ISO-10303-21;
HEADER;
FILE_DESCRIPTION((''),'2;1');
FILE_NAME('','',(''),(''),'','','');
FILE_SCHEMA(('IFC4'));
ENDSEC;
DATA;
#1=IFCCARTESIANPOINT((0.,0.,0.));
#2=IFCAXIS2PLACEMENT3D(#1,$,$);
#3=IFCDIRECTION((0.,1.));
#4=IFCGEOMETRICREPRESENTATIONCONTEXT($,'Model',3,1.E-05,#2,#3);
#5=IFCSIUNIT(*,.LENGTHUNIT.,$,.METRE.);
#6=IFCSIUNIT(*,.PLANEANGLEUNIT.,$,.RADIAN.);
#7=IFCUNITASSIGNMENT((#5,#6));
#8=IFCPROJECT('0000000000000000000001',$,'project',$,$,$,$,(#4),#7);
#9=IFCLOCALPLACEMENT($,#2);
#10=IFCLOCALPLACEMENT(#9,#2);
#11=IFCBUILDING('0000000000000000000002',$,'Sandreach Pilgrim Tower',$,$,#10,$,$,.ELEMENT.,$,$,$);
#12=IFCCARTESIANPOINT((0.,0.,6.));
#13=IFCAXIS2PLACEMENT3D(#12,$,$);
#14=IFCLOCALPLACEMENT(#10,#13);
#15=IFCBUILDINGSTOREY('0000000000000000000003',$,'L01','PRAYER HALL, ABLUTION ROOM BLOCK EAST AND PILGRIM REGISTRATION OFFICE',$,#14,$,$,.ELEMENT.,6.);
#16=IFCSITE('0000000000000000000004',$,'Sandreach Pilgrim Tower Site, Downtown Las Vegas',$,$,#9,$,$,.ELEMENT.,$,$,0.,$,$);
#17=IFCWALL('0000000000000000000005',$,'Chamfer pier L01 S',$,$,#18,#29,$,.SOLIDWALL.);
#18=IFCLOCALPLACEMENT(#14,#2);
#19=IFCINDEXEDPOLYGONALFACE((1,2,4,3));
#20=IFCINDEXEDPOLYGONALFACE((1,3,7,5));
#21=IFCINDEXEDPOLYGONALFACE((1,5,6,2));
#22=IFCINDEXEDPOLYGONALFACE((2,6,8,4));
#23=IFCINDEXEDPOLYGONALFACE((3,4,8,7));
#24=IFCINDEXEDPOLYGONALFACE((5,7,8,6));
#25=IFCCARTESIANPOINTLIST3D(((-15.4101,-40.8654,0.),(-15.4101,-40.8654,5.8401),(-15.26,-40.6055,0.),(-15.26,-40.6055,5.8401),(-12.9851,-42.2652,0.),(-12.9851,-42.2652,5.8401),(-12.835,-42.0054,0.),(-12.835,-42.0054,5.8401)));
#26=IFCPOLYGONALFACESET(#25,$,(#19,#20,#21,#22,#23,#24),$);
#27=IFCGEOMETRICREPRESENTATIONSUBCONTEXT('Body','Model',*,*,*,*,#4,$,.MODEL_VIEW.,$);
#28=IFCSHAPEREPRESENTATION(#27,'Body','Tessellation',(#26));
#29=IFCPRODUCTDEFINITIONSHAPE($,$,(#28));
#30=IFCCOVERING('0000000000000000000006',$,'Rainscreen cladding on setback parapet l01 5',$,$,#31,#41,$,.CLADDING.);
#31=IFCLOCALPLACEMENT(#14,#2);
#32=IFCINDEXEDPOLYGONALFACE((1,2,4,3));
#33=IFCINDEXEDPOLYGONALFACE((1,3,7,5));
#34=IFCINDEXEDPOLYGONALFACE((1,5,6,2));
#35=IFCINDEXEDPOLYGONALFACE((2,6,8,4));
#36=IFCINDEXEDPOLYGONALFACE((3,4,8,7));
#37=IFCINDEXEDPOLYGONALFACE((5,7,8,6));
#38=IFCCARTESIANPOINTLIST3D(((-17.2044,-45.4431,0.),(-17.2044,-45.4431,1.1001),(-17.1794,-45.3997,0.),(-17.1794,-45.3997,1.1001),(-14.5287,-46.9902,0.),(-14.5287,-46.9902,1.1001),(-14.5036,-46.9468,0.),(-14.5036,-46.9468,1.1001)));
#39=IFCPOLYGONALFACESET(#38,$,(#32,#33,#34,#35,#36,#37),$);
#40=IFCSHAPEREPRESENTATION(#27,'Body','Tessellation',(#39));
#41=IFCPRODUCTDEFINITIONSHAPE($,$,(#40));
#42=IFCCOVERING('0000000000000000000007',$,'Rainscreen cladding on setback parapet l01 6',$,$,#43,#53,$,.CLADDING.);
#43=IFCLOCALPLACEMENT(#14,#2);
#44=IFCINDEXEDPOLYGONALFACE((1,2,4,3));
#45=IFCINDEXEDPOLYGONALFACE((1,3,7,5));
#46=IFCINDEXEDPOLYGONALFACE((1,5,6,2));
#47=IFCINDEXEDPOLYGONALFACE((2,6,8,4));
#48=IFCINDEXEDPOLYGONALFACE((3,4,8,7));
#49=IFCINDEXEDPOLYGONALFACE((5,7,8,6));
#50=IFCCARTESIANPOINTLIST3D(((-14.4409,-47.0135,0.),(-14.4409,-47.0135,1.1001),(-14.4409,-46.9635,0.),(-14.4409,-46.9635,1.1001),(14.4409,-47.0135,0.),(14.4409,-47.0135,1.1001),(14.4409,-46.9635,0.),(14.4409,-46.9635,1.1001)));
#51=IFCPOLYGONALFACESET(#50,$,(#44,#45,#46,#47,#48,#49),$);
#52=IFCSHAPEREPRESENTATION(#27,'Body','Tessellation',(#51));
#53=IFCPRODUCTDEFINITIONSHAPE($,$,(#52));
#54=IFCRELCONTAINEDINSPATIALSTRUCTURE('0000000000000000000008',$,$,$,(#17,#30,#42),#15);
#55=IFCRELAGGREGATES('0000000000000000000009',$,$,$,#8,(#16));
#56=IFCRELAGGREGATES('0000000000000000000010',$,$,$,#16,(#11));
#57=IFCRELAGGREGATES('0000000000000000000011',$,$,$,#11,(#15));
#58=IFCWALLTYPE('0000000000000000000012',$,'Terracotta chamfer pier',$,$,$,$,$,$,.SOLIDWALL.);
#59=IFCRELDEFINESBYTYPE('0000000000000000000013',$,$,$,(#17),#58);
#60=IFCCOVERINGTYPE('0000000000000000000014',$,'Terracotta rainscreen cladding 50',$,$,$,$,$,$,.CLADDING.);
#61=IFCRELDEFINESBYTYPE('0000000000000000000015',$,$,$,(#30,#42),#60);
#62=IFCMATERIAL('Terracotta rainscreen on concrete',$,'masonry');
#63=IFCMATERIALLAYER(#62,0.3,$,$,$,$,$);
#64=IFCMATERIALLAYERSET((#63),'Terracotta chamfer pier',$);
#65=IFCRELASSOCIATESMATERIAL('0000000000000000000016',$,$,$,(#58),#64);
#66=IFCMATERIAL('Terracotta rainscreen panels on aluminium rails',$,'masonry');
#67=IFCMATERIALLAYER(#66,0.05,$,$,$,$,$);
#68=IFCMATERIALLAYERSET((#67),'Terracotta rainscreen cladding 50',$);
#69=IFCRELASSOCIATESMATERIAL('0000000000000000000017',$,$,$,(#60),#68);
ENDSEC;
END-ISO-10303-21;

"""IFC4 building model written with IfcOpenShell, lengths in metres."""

from ifc_helpers import new_model, si_unit, direction, frame, frame_2d, origin, place, context, subcontext, project, spatial, rectangle, extrude, material, layer, layer_set, type_object, element, save


model = new_model("IFC4")

# Units and contexts
model_context = context("Model", 3, precision=1e-05, world=origin(), true_north=direction((0.0, 1.0)))
body_context = subcontext(model_context, "Body", "Model", "MODEL_VIEW")
ifc_project = project(units=[si_unit("LENGTHUNIT", "METRE"), si_unit("PLANEANGLEUNIT", "RADIAN")], contexts=[model_context])

# Site, building, storey
site_placement = place(None, origin())
site = spatial("IfcSite", under=ifc_project, at=site_placement, Name="Sandreach Pilgrim Tower Site, Downtown Las Vegas", CompositionType="ELEMENT", RefElevation=0.0)
building_placement = place(site_placement, origin())
building = spatial("IfcBuilding", under=site, at=building_placement, Name="Sandreach Pilgrim Tower", CompositionType="ELEMENT")
storey_placement = place(building_placement, frame((0.0, 0.0, 6.0)))
storey = spatial("IfcBuildingStorey", under=building, at=storey_placement, Name="L01", Description="PRAYER HALL, ABLUTION ROOM BLOCK EAST AND PILGRIM REGISTRATION OFFICE", CompositionType="ELEMENT", Elevation=6.0)

# Wall
ifc_material_1 = material(Name="Terracotta rainscreen on concrete", Category="masonry")
ifc_layer_1 = layer(ifc_material_1, 0.3)
ifc_layer_set_1 = layer_set([ifc_layer_1], Name="Terracotta chamfer pier")
wall_type_1 = type_object("IfcWallType", Name="Terracotta chamfer pier", PredefinedType="SOLIDWALL", material=ifc_layer_set_1)
wall_1_placement = place(storey_placement, frame((-12.9102, -42.1353, 0.0), z_axis=(0.0, 0.0, 1.0), x_axis=(-0.866056, 0.499946, 0.0)))
element("IfcWall", 1, at=wall_1_placement, inside=storey, type_object=wall_type_1, Name="Chamfer pier L01 S", PredefinedType="SOLIDWALL", context=body_context, shape_type="SweptSolid", body=[
    extrude(rectangle(XDim=2.8, YDim=0.3, at=frame_2d((1.3999, 0.0))), origin(), (0.0, 0.0, 1.0), 5.8401),
])

# Coverings
ifc_material_2 = material(Name="Terracotta rainscreen panels on aluminium rails", Category="masonry")
ifc_layer_2 = layer(ifc_material_2, 0.05)
ifc_layer_set_2 = layer_set([ifc_layer_2], Name="Terracotta rainscreen cladding 50")
covering_type = type_object("IfcCoveringType", Name="Terracotta rainscreen cladding 50", PredefinedType="CLADDING", material=ifc_layer_set_2)
covering_1_placement = place(storey_placement, frame((-17.1919, -45.4214, 0.0), z_axis=(0.0, 0.0, 1.0), x_axis=(0.865709, -0.500547, 0.0)))
element("IfcCovering", 2, at=covering_1_placement, inside=storey, type_object=covering_type, Name="Rainscreen cladding on setback parapet l01 5", PredefinedType="CLADDING", context=body_context, shape_type="SweptSolid", body=[
    extrude(rectangle(XDim=3.0908, YDim=0.05, at=frame_2d((1.5454, 0.0))), origin(), (0.0, 0.0, 1.0), 1.1001),
])
covering_2_placement = place(storey_placement, frame((-14.4409, -46.9885, 0.0), z_axis=(0.0, 0.0, 1.0), x_axis=(1.0, 0.0, 0.0)))
element("IfcCovering", 3, at=covering_2_placement, inside=storey, type_object=covering_type, Name="Rainscreen cladding on setback parapet l01 6", PredefinedType="CLADDING", context=body_context, shape_type="SweptSolid", body=[
    extrude(rectangle(XDim=28.8818, YDim=0.05, at=frame_2d((14.4409, 0.0))), origin(), (0.0, 0.0, 1.0), 1.1001),
])

save(model, "model.ifc")
